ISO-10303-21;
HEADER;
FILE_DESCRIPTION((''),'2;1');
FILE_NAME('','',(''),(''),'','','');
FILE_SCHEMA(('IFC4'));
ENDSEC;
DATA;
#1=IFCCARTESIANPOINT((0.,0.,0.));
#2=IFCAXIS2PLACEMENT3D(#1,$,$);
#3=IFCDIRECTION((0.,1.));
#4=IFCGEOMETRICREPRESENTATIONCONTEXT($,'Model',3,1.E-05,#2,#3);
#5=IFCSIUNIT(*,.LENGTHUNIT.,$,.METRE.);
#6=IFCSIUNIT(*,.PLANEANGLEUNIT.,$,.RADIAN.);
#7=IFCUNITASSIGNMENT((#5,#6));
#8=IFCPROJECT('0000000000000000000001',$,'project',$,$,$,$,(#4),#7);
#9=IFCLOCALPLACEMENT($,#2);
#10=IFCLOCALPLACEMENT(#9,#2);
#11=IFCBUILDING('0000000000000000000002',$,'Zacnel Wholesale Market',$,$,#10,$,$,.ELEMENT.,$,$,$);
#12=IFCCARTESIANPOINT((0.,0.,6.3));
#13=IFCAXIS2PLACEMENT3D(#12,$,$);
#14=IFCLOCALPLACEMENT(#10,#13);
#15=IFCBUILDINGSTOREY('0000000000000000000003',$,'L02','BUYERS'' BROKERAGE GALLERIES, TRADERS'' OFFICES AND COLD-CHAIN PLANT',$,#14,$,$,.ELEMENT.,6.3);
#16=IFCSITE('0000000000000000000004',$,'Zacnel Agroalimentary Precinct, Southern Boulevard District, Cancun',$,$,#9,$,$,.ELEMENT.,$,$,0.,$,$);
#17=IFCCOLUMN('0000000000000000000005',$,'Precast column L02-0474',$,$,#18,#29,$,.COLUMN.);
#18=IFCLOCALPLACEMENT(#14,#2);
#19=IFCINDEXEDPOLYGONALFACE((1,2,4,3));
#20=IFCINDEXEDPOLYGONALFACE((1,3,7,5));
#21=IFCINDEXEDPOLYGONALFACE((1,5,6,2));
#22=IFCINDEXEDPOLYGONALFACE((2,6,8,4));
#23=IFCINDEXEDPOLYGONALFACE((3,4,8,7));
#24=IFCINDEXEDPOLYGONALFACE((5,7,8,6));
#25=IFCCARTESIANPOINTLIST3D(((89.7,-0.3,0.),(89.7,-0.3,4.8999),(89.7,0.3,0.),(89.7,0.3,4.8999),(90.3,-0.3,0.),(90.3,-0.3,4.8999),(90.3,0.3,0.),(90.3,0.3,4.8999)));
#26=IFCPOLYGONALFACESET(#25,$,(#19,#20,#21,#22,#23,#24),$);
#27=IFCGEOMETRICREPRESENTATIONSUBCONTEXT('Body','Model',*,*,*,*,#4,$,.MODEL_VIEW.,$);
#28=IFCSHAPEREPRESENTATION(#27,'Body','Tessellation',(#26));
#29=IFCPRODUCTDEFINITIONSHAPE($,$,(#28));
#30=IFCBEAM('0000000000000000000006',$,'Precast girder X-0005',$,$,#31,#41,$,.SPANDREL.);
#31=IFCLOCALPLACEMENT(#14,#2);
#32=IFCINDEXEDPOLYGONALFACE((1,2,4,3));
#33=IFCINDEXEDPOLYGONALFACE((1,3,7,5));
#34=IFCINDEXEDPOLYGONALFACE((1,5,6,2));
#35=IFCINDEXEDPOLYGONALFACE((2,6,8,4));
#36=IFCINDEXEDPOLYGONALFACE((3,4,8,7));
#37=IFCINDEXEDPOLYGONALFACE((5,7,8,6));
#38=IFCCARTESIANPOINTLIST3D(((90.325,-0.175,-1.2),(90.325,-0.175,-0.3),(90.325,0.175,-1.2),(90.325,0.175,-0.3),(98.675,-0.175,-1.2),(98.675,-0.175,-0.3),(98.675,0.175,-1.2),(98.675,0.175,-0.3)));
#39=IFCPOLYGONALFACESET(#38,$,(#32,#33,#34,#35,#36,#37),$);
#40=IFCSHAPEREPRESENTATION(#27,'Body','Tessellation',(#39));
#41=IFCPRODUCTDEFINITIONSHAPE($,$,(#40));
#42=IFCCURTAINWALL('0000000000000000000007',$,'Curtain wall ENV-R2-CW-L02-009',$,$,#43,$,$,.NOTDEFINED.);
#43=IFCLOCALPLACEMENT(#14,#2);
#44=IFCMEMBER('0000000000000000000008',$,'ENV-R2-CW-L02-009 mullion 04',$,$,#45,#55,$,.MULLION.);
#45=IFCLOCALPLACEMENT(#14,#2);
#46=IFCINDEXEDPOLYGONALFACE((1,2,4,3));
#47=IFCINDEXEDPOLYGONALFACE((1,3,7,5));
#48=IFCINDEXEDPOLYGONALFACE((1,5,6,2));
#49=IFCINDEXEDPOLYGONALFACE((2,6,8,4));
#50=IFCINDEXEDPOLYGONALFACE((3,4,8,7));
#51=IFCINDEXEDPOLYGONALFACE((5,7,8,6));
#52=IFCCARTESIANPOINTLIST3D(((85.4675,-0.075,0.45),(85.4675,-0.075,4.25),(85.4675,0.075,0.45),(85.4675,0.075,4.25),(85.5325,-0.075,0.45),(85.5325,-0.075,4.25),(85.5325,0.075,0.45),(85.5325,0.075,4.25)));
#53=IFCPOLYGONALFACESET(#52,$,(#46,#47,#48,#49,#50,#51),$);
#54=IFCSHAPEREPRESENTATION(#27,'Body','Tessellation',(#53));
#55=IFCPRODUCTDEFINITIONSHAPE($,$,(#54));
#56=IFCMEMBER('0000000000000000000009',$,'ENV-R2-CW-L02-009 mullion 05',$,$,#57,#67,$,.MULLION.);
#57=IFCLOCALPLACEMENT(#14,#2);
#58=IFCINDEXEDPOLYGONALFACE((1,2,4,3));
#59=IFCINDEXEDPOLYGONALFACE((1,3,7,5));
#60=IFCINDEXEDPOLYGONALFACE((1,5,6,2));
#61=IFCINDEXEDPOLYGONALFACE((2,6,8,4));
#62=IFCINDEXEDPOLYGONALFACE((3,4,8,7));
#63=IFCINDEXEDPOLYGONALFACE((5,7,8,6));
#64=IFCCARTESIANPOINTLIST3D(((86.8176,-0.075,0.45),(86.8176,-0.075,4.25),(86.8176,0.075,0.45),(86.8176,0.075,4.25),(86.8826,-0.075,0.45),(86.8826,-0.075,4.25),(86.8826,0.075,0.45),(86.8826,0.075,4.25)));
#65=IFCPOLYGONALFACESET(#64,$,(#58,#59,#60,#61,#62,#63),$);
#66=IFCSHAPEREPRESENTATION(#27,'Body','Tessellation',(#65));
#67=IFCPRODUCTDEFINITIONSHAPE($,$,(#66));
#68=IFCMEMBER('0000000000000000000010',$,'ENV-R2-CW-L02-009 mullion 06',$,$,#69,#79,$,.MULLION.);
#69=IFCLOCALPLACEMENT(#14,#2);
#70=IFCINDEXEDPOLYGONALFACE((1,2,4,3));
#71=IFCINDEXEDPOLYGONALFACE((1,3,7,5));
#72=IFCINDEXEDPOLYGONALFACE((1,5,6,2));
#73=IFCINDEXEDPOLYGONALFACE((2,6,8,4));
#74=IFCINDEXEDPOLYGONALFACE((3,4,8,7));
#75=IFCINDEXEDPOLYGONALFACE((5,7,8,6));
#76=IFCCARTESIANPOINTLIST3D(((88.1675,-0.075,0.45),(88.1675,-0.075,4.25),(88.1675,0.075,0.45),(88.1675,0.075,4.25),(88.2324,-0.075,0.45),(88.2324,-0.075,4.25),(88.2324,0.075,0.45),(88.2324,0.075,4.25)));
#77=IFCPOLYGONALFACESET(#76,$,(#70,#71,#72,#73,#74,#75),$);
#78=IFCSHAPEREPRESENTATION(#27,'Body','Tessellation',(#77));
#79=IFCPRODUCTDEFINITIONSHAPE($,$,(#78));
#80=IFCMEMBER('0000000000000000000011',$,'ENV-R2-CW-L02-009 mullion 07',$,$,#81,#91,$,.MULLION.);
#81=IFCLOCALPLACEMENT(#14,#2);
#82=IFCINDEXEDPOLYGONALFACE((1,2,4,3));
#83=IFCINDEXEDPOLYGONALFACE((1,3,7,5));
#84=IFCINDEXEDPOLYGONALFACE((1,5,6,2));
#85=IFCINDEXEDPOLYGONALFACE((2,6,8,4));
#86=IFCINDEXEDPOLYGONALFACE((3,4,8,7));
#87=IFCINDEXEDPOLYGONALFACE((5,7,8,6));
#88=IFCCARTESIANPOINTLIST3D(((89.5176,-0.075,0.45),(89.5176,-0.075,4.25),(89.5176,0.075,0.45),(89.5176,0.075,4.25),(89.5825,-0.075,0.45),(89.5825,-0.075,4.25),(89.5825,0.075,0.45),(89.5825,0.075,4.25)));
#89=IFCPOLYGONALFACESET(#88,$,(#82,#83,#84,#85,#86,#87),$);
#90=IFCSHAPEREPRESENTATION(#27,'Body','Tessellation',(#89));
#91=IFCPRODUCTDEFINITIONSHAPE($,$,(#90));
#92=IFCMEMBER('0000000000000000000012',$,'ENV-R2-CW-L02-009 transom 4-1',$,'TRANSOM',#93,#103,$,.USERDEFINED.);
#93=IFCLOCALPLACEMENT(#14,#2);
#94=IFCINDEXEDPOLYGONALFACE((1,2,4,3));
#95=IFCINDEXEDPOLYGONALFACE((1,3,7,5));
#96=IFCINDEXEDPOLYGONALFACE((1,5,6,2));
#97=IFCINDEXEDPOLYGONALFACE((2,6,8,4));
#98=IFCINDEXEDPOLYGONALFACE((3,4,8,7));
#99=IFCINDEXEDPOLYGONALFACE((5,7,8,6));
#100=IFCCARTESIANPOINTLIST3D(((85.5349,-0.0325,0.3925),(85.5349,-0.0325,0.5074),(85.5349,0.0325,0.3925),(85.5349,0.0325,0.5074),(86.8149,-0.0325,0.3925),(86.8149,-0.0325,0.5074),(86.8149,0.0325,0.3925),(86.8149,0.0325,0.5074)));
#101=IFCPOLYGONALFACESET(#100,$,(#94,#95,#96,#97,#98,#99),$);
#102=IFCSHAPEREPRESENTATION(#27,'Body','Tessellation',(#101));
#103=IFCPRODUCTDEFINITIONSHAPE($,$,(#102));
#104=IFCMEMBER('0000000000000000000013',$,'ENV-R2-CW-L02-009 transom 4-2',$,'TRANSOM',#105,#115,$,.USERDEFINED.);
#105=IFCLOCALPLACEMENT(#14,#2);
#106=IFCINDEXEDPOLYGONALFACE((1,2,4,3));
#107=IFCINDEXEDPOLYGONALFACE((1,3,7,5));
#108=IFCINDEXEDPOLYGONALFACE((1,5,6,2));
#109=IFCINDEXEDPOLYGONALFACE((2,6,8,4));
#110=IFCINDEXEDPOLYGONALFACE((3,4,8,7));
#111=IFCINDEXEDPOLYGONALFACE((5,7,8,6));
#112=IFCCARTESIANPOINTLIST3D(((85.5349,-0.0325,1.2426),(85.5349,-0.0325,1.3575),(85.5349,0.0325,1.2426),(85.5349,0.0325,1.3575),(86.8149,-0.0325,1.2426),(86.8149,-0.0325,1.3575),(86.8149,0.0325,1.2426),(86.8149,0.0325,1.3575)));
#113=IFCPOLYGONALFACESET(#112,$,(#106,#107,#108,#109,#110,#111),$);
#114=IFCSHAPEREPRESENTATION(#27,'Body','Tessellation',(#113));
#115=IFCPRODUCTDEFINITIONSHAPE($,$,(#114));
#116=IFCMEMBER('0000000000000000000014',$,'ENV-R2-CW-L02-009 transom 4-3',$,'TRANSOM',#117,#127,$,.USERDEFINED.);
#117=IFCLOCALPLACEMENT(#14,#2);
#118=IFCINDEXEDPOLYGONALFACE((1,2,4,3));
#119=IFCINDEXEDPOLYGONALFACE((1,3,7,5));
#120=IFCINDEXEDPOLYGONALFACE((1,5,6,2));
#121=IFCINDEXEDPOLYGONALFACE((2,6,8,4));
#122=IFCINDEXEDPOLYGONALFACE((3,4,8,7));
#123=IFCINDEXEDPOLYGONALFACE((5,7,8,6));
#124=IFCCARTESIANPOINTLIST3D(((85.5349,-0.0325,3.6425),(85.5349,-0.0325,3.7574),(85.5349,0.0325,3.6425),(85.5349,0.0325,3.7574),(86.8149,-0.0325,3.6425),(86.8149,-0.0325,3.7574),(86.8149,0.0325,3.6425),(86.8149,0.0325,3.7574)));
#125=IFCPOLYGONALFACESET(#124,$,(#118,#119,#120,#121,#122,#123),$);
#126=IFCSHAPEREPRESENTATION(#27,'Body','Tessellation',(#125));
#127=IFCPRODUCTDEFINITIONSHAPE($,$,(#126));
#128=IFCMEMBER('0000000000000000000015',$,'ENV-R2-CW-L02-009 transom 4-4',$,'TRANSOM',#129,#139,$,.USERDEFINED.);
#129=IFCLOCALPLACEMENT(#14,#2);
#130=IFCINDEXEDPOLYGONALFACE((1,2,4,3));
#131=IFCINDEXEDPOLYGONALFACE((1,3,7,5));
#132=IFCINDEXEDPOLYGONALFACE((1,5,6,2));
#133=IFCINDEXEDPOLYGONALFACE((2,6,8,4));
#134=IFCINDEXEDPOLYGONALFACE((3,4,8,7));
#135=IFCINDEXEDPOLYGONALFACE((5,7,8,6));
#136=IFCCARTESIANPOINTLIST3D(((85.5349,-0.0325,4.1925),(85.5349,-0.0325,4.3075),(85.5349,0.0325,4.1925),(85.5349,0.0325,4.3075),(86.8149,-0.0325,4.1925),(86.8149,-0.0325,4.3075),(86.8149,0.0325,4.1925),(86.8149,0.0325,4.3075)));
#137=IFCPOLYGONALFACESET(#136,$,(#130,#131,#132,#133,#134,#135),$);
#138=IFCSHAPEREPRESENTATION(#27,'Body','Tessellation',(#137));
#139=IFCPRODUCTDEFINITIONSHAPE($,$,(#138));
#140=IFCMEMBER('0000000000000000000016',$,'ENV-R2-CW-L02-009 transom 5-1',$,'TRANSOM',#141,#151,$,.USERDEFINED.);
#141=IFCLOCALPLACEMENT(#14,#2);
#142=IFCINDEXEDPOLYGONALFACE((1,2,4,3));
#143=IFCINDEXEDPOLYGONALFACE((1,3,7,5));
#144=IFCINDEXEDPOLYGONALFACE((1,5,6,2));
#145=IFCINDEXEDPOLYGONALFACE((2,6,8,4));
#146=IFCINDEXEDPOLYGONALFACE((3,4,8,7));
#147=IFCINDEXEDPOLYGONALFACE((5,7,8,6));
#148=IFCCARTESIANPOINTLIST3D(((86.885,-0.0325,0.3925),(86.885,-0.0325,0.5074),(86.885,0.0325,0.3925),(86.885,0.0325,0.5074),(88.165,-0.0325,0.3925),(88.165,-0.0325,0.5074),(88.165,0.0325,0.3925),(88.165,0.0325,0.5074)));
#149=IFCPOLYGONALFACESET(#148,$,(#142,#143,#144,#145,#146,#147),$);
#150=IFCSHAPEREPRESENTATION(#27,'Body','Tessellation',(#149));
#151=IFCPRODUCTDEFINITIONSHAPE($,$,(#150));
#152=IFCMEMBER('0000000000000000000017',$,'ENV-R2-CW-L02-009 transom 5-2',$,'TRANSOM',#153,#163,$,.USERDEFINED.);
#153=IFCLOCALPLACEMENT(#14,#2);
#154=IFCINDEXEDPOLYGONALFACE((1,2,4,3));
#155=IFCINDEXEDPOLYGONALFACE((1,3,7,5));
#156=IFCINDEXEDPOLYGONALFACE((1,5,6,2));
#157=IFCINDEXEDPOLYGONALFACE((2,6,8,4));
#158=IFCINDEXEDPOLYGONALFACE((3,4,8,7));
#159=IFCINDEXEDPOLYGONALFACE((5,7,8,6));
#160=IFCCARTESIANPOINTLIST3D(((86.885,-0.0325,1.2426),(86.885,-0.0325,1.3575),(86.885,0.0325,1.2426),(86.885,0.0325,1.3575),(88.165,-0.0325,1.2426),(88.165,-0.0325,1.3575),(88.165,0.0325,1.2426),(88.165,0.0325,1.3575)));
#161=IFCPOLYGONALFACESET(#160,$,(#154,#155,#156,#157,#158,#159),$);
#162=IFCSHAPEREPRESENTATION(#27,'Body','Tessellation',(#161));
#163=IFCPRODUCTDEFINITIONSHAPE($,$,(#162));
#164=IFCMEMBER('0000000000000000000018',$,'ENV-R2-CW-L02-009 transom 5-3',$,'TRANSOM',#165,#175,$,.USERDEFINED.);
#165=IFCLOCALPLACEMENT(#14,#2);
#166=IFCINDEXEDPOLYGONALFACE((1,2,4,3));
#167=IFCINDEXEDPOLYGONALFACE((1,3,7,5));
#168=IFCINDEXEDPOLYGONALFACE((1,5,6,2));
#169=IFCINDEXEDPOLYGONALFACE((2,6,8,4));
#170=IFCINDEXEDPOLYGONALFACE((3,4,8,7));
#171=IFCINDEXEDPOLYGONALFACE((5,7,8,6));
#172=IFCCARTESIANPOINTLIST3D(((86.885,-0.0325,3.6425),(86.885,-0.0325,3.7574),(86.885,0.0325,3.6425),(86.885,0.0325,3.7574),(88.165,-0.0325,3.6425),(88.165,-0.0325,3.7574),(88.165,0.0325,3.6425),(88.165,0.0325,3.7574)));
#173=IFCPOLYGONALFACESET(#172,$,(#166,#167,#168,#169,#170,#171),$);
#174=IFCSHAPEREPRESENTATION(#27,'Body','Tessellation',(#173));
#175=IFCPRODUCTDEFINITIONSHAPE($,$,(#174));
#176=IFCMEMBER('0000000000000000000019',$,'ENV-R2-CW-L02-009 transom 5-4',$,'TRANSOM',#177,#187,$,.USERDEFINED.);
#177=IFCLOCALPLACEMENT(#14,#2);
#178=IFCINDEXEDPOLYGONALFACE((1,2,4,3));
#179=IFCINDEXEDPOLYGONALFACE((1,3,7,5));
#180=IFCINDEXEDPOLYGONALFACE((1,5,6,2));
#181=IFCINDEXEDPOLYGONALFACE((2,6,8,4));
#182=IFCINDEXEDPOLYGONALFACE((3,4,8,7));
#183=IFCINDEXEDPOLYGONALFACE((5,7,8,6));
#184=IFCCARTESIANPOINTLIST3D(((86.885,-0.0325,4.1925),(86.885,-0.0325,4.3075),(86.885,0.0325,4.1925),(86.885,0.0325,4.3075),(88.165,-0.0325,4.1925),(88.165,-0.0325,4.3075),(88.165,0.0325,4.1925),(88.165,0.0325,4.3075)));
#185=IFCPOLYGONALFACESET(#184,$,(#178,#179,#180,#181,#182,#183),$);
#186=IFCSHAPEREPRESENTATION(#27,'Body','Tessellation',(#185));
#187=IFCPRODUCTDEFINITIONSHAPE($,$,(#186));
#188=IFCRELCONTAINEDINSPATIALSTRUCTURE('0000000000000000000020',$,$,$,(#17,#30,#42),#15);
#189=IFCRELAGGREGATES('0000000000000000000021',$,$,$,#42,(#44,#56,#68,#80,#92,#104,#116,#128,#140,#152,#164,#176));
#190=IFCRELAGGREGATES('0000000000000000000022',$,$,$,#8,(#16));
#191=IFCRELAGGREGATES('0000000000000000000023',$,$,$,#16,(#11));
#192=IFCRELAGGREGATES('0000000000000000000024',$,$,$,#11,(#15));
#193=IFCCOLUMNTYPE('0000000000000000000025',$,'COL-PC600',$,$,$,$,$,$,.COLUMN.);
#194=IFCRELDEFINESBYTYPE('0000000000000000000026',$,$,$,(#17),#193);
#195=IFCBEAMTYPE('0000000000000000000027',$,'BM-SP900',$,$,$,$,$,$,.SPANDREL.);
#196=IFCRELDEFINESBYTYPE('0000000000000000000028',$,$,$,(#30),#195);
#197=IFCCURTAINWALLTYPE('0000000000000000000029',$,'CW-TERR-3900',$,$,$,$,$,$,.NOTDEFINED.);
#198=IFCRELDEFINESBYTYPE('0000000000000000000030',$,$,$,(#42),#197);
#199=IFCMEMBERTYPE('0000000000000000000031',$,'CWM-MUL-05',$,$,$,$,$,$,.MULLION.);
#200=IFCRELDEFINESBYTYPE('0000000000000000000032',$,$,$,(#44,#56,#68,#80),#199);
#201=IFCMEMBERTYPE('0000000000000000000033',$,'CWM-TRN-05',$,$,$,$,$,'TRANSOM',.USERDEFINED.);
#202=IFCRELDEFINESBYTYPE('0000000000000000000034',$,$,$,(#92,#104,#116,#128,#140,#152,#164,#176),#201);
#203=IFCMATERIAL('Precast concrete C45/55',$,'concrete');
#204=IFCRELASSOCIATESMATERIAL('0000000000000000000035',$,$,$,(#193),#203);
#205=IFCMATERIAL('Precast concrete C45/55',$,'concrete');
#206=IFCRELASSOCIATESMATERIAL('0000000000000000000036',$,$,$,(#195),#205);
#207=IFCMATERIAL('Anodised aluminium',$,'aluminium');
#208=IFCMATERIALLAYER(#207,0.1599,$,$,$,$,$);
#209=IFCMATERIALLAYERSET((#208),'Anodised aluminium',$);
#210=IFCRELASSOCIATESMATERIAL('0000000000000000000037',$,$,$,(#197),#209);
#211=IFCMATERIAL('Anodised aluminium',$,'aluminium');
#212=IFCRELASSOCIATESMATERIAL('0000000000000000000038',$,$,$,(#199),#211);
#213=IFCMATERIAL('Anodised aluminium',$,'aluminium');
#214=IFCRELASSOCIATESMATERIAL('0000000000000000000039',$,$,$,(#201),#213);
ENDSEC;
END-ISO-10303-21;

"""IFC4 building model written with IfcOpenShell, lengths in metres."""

from ifc_helpers import new_model, si_unit, direction, frame, origin, origin_2d, place, context, subcontext, project, spatial, rectangle, extrude, material, layer, layer_set, material_profile, profile_set, type_object, element, aggregate, save


model = new_model("IFC4")

# Units and contexts
model_context = context("Model", 3, precision=1e-05, world=origin(), true_north=direction((0.0, 1.0)))
body_context = subcontext(model_context, "Body", "Model", "MODEL_VIEW")
ifc_project = project(units=[si_unit("LENGTHUNIT", "METRE"), si_unit("PLANEANGLEUNIT", "RADIAN")], contexts=[model_context])

# Site, building, storey
site_placement = place(None, origin())
site = spatial("IfcSite", under=ifc_project, at=site_placement, Name="Zacnel Agroalimentary Precinct, Southern Boulevard District, Cancun", CompositionType="ELEMENT", RefElevation=0.0)
building_placement = place(site_placement, origin())
building = spatial("IfcBuilding", under=site, at=building_placement, Name="Zacnel Wholesale Market", CompositionType="ELEMENT")
storey_placement = place(building_placement, frame((0.0, 0.0, 6.3)))
storey = spatial("IfcBuildingStorey", under=building, at=storey_placement, Name="L02", Description="BUYERS' BROKERAGE GALLERIES, TRADERS' OFFICES AND COLD-CHAIN PLANT", CompositionType="ELEMENT", Elevation=6.3)

# Column
ifc_material_1 = material(Name="Precast concrete C45/55", Category="concrete")
ifc_material_profile_1 = material_profile(ifc_material_1, rectangle(XDim=0.6001, YDim=0.6001, at=origin_2d()), Name="PC 600x600")
ifc_profile_set_1 = profile_set([ifc_material_profile_1], Name="Precast concrete C45/55")
column_type = type_object("IfcColumnType", Name="COL-PC600", PredefinedType="COLUMN", material=ifc_profile_set_1)
column_placement = place(storey_placement, frame((90.0, 0.0, 0.0), z_axis=(0.0, 0.0, 1.0), x_axis=(1.0, 0.0, 0.0)))
element("IfcColumn", 1, at=column_placement, inside=storey, type_object=column_type, Name="Precast column L02-0474", PredefinedType="COLUMN", context=body_context, shape_type="SweptSolid", body=[
    extrude(rectangle(XDim=0.6001, YDim=0.6001, at=origin_2d()), origin(), (0.0, 0.0, 1.0), 4.8999),
])

# Beam
ifc_material_2 = material(Name="Precast concrete C45/55", Category="concrete")
ifc_material_profile_2 = material_profile(ifc_material_2, rectangle(XDim=0.3501, YDim=0.8999, at=origin_2d()), Name="SP 350x900")
ifc_profile_set_2 = profile_set([ifc_material_profile_2], Name="Precast concrete C45/55")
beam_type = type_object("IfcBeamType", Name="BM-SP900", PredefinedType="SPANDREL", material=ifc_profile_set_2)
beam_placement = place(storey_placement, frame((90.325, 0.0, -0.75), z_axis=(1.0, 0.0, 0.0), x_axis=(0.0, 1.0, 0.0)))
element("IfcBeam", 2, at=beam_placement, inside=storey, type_object=beam_type, Name="Precast girder X-0005", PredefinedType="SPANDREL", context=body_context, shape_type="SweptSolid", body=[
    extrude(rectangle(XDim=0.3501, YDim=0.8999, at=origin_2d()), origin(), (0.0, 0.0, 1.0), 8.3501),
])

# Curtain wall, members
ifc_material_3 = material(Name="Anodised aluminium", Category="aluminium")
ifc_layer_1 = layer(ifc_material_3, 0.1599)
ifc_layer_set_1 = layer_set([ifc_layer_1], Name="Anodised aluminium")
curtain_wall_type = type_object("IfcCurtainWallType", Name="CW-TERR-3900", PredefinedType="NOTDEFINED", material=ifc_layer_set_1)
curtain_wall_placement = place(storey_placement, origin())
curtain_wall = element("IfcCurtainWall", 3, at=curtain_wall_placement, inside=storey, type_object=curtain_wall_type, Name="Curtain wall ENV-R2-CW-L02-009", PredefinedType="NOTDEFINED")
ifc_material_4 = material(Name="Anodised aluminium", Category="aluminium")
ifc_material_profile_3 = material_profile(ifc_material_4, rectangle(XDim=0.0649, YDim=0.1499, at=origin_2d()), Name="AW-MULLION 65x150")
ifc_profile_set_3 = profile_set([ifc_material_profile_3], Name="Anodised aluminium")
member_type_1 = type_object("IfcMemberType", Name="CWM-MUL-05", PredefinedType="MULLION", material=ifc_profile_set_3)
member_1_placement = place(storey_placement, frame((85.5, 0.0, 0.45), z_axis=(0.0, 0.0, 1.0), x_axis=(1.0, 0.0, 0.0)))
member_1 = element("IfcMember", 4, at=member_1_placement, type_object=member_type_1, Name="ENV-R2-CW-L02-009 mullion 04", PredefinedType="MULLION", context=body_context, shape_type="SweptSolid", body=[
    extrude(rectangle(XDim=0.0649, YDim=0.1499, at=origin_2d()), origin(), (0.0, 0.0, 1.0), 3.8),
])
member_2_placement = place(storey_placement, frame((86.8501, 0.0, 0.45), z_axis=(0.0, 0.0, 1.0), x_axis=(1.0, 0.0, 0.0)))
member_2 = element("IfcMember", 5, at=member_2_placement, type_object=member_type_1, Name="ENV-R2-CW-L02-009 mullion 05", PredefinedType="MULLION", context=body_context, shape_type="SweptSolid", body=[
    extrude(rectangle(XDim=0.0649, YDim=0.1499, at=origin_2d()), origin(), (0.0, 0.0, 1.0), 3.8),
])
member_3_placement = place(storey_placement, frame((88.2, 0.0, 0.45), z_axis=(0.0, 0.0, 1.0), x_axis=(1.0, 0.0, 0.0)))
member_3 = element("IfcMember", 6, at=member_3_placement, type_object=member_type_1, Name="ENV-R2-CW-L02-009 mullion 06", PredefinedType="MULLION", context=body_context, shape_type="SweptSolid", body=[
    extrude(rectangle(XDim=0.0649, YDim=0.1499, at=origin_2d()), origin(), (0.0, 0.0, 1.0), 3.8),
])
member_4_placement = place(storey_placement, frame((89.55, 0.0, 0.45), z_axis=(0.0, 0.0, 1.0), x_axis=(1.0, 0.0, 0.0)))
member_4 = element("IfcMember", 7, at=member_4_placement, type_object=member_type_1, Name="ENV-R2-CW-L02-009 mullion 07", PredefinedType="MULLION", context=body_context, shape_type="SweptSolid", body=[
    extrude(rectangle(XDim=0.0649, YDim=0.1499, at=origin_2d()), origin(), (0.0, 0.0, 1.0), 3.8),
])
ifc_material_5 = material(Name="Anodised aluminium", Category="aluminium")
ifc_material_profile_4 = material_profile(ifc_material_5, rectangle(XDim=0.0649, YDim=0.115, at=origin_2d()), Name="AW-TRANSOM 65x115")
ifc_profile_set_4 = profile_set([ifc_material_profile_4], Name="Anodised aluminium")
member_type_2 = type_object("IfcMemberType", Name="CWM-TRN-05", ElementType="TRANSOM", PredefinedType="USERDEFINED", material=ifc_profile_set_4)
member_5_placement = place(storey_placement, frame((85.5349, 0.0, 0.45), z_axis=(1.0, 0.0, 0.0), x_axis=(0.0, 1.0, 0.0)))
member_5 = element("IfcMember", 8, at=member_5_placement, type_object=member_type_2, Name="ENV-R2-CW-L02-009 transom 4-1", ObjectType="TRANSOM", PredefinedType="USERDEFINED", context=body_context, shape_type="SweptSolid", body=[
    extrude(rectangle(XDim=0.0649, YDim=0.115, at=origin_2d()), origin(), (0.0, 0.0, 1.0), 1.28),
])
member_6_placement = place(storey_placement, frame((85.5349, 0.0, 1.3), z_axis=(1.0, 0.0, 0.0), x_axis=(0.0, 1.0, 0.0)))
member_6 = element("IfcMember", 9, at=member_6_placement, type_object=member_type_2, Name="ENV-R2-CW-L02-009 transom 4-2", ObjectType="TRANSOM", PredefinedType="USERDEFINED", context=body_context, shape_type="SweptSolid", body=[
    extrude(rectangle(XDim=0.0649, YDim=0.115, at=origin_2d()), origin(), (0.0, 0.0, 1.0), 1.28),
])
member_7_placement = place(storey_placement, frame((85.5349, 0.0, 3.7), z_axis=(1.0, 0.0, 0.0), x_axis=(0.0, 1.0, 0.0)))
member_7 = element("IfcMember", 10, at=member_7_placement, type_object=member_type_2, Name="ENV-R2-CW-L02-009 transom 4-3", ObjectType="TRANSOM", PredefinedType="USERDEFINED", context=body_context, shape_type="SweptSolid", body=[
    extrude(rectangle(XDim=0.0649, YDim=0.115, at=origin_2d()), origin(), (0.0, 0.0, 1.0), 1.28),
])
member_8_placement = place(storey_placement, frame((85.5349, 0.0, 4.25), z_axis=(1.0, 0.0, 0.0), x_axis=(0.0, 1.0, 0.0)))
member_8 = element("IfcMember", 11, at=member_8_placement, type_object=member_type_2, Name="ENV-R2-CW-L02-009 transom 4-4", ObjectType="TRANSOM", PredefinedType="USERDEFINED", context=body_context, shape_type="SweptSolid", body=[
    extrude(rectangle(XDim=0.0649, YDim=0.115, at=origin_2d()), origin(), (0.0, 0.0, 1.0), 1.28),
])
member_9_placement = place(storey_placement, frame((86.885, 0.0, 0.45), z_axis=(1.0, 0.0, 0.0), x_axis=(0.0, 1.0, 0.0)))
member_9 = element("IfcMember", 12, at=member_9_placement, type_object=member_type_2, Name="ENV-R2-CW-L02-009 transom 5-1", ObjectType="TRANSOM", PredefinedType="USERDEFINED", context=body_context, shape_type="SweptSolid", body=[
    extrude(rectangle(XDim=0.0649, YDim=0.115, at=origin_2d()), origin(), (0.0, 0.0, 1.0), 1.28),
])
member_10_placement = place(storey_placement, frame((86.885, 0.0, 1.3), z_axis=(1.0, 0.0, 0.0), x_axis=(0.0, 1.0, 0.0)))
member_10 = element("IfcMember", 13, at=member_10_placement, type_object=member_type_2, Name="ENV-R2-CW-L02-009 transom 5-2", ObjectType="TRANSOM", PredefinedType="USERDEFINED", context=body_context, shape_type="SweptSolid", body=[
    extrude(rectangle(XDim=0.0649, YDim=0.115, at=origin_2d()), origin(), (0.0, 0.0, 1.0), 1.28),
])
member_11_placement = place(storey_placement, frame((86.885, 0.0, 3.7), z_axis=(1.0, 0.0, 0.0), x_axis=(0.0, 1.0, 0.0)))
member_11 = element("IfcMember", 14, at=member_11_placement, type_object=member_type_2, Name="ENV-R2-CW-L02-009 transom 5-3", ObjectType="TRANSOM", PredefinedType="USERDEFINED", context=body_context, shape_type="SweptSolid", body=[
    extrude(rectangle(XDim=0.0649, YDim=0.115, at=origin_2d()), origin(), (0.0, 0.0, 1.0), 1.28),
])
member_12_placement = place(storey_placement, frame((86.885, 0.0, 4.25), z_axis=(1.0, 0.0, 0.0), x_axis=(0.0, 1.0, 0.0)))
member_12 = element("IfcMember", 15, at=member_12_placement, type_object=member_type_2, Name="ENV-R2-CW-L02-009 transom 5-4", ObjectType="TRANSOM", PredefinedType="USERDEFINED", context=body_context, shape_type="SweptSolid", body=[
    extrude(rectangle(XDim=0.0649, YDim=0.115, at=origin_2d()), origin(), (0.0, 0.0, 1.0), 1.28),
])
aggregate(curtain_wall, [member_1, member_2, member_3, member_4, member_5, member_6, member_7, member_8, member_9, member_10, member_11, member_12])

save(model, "model.ifc")
